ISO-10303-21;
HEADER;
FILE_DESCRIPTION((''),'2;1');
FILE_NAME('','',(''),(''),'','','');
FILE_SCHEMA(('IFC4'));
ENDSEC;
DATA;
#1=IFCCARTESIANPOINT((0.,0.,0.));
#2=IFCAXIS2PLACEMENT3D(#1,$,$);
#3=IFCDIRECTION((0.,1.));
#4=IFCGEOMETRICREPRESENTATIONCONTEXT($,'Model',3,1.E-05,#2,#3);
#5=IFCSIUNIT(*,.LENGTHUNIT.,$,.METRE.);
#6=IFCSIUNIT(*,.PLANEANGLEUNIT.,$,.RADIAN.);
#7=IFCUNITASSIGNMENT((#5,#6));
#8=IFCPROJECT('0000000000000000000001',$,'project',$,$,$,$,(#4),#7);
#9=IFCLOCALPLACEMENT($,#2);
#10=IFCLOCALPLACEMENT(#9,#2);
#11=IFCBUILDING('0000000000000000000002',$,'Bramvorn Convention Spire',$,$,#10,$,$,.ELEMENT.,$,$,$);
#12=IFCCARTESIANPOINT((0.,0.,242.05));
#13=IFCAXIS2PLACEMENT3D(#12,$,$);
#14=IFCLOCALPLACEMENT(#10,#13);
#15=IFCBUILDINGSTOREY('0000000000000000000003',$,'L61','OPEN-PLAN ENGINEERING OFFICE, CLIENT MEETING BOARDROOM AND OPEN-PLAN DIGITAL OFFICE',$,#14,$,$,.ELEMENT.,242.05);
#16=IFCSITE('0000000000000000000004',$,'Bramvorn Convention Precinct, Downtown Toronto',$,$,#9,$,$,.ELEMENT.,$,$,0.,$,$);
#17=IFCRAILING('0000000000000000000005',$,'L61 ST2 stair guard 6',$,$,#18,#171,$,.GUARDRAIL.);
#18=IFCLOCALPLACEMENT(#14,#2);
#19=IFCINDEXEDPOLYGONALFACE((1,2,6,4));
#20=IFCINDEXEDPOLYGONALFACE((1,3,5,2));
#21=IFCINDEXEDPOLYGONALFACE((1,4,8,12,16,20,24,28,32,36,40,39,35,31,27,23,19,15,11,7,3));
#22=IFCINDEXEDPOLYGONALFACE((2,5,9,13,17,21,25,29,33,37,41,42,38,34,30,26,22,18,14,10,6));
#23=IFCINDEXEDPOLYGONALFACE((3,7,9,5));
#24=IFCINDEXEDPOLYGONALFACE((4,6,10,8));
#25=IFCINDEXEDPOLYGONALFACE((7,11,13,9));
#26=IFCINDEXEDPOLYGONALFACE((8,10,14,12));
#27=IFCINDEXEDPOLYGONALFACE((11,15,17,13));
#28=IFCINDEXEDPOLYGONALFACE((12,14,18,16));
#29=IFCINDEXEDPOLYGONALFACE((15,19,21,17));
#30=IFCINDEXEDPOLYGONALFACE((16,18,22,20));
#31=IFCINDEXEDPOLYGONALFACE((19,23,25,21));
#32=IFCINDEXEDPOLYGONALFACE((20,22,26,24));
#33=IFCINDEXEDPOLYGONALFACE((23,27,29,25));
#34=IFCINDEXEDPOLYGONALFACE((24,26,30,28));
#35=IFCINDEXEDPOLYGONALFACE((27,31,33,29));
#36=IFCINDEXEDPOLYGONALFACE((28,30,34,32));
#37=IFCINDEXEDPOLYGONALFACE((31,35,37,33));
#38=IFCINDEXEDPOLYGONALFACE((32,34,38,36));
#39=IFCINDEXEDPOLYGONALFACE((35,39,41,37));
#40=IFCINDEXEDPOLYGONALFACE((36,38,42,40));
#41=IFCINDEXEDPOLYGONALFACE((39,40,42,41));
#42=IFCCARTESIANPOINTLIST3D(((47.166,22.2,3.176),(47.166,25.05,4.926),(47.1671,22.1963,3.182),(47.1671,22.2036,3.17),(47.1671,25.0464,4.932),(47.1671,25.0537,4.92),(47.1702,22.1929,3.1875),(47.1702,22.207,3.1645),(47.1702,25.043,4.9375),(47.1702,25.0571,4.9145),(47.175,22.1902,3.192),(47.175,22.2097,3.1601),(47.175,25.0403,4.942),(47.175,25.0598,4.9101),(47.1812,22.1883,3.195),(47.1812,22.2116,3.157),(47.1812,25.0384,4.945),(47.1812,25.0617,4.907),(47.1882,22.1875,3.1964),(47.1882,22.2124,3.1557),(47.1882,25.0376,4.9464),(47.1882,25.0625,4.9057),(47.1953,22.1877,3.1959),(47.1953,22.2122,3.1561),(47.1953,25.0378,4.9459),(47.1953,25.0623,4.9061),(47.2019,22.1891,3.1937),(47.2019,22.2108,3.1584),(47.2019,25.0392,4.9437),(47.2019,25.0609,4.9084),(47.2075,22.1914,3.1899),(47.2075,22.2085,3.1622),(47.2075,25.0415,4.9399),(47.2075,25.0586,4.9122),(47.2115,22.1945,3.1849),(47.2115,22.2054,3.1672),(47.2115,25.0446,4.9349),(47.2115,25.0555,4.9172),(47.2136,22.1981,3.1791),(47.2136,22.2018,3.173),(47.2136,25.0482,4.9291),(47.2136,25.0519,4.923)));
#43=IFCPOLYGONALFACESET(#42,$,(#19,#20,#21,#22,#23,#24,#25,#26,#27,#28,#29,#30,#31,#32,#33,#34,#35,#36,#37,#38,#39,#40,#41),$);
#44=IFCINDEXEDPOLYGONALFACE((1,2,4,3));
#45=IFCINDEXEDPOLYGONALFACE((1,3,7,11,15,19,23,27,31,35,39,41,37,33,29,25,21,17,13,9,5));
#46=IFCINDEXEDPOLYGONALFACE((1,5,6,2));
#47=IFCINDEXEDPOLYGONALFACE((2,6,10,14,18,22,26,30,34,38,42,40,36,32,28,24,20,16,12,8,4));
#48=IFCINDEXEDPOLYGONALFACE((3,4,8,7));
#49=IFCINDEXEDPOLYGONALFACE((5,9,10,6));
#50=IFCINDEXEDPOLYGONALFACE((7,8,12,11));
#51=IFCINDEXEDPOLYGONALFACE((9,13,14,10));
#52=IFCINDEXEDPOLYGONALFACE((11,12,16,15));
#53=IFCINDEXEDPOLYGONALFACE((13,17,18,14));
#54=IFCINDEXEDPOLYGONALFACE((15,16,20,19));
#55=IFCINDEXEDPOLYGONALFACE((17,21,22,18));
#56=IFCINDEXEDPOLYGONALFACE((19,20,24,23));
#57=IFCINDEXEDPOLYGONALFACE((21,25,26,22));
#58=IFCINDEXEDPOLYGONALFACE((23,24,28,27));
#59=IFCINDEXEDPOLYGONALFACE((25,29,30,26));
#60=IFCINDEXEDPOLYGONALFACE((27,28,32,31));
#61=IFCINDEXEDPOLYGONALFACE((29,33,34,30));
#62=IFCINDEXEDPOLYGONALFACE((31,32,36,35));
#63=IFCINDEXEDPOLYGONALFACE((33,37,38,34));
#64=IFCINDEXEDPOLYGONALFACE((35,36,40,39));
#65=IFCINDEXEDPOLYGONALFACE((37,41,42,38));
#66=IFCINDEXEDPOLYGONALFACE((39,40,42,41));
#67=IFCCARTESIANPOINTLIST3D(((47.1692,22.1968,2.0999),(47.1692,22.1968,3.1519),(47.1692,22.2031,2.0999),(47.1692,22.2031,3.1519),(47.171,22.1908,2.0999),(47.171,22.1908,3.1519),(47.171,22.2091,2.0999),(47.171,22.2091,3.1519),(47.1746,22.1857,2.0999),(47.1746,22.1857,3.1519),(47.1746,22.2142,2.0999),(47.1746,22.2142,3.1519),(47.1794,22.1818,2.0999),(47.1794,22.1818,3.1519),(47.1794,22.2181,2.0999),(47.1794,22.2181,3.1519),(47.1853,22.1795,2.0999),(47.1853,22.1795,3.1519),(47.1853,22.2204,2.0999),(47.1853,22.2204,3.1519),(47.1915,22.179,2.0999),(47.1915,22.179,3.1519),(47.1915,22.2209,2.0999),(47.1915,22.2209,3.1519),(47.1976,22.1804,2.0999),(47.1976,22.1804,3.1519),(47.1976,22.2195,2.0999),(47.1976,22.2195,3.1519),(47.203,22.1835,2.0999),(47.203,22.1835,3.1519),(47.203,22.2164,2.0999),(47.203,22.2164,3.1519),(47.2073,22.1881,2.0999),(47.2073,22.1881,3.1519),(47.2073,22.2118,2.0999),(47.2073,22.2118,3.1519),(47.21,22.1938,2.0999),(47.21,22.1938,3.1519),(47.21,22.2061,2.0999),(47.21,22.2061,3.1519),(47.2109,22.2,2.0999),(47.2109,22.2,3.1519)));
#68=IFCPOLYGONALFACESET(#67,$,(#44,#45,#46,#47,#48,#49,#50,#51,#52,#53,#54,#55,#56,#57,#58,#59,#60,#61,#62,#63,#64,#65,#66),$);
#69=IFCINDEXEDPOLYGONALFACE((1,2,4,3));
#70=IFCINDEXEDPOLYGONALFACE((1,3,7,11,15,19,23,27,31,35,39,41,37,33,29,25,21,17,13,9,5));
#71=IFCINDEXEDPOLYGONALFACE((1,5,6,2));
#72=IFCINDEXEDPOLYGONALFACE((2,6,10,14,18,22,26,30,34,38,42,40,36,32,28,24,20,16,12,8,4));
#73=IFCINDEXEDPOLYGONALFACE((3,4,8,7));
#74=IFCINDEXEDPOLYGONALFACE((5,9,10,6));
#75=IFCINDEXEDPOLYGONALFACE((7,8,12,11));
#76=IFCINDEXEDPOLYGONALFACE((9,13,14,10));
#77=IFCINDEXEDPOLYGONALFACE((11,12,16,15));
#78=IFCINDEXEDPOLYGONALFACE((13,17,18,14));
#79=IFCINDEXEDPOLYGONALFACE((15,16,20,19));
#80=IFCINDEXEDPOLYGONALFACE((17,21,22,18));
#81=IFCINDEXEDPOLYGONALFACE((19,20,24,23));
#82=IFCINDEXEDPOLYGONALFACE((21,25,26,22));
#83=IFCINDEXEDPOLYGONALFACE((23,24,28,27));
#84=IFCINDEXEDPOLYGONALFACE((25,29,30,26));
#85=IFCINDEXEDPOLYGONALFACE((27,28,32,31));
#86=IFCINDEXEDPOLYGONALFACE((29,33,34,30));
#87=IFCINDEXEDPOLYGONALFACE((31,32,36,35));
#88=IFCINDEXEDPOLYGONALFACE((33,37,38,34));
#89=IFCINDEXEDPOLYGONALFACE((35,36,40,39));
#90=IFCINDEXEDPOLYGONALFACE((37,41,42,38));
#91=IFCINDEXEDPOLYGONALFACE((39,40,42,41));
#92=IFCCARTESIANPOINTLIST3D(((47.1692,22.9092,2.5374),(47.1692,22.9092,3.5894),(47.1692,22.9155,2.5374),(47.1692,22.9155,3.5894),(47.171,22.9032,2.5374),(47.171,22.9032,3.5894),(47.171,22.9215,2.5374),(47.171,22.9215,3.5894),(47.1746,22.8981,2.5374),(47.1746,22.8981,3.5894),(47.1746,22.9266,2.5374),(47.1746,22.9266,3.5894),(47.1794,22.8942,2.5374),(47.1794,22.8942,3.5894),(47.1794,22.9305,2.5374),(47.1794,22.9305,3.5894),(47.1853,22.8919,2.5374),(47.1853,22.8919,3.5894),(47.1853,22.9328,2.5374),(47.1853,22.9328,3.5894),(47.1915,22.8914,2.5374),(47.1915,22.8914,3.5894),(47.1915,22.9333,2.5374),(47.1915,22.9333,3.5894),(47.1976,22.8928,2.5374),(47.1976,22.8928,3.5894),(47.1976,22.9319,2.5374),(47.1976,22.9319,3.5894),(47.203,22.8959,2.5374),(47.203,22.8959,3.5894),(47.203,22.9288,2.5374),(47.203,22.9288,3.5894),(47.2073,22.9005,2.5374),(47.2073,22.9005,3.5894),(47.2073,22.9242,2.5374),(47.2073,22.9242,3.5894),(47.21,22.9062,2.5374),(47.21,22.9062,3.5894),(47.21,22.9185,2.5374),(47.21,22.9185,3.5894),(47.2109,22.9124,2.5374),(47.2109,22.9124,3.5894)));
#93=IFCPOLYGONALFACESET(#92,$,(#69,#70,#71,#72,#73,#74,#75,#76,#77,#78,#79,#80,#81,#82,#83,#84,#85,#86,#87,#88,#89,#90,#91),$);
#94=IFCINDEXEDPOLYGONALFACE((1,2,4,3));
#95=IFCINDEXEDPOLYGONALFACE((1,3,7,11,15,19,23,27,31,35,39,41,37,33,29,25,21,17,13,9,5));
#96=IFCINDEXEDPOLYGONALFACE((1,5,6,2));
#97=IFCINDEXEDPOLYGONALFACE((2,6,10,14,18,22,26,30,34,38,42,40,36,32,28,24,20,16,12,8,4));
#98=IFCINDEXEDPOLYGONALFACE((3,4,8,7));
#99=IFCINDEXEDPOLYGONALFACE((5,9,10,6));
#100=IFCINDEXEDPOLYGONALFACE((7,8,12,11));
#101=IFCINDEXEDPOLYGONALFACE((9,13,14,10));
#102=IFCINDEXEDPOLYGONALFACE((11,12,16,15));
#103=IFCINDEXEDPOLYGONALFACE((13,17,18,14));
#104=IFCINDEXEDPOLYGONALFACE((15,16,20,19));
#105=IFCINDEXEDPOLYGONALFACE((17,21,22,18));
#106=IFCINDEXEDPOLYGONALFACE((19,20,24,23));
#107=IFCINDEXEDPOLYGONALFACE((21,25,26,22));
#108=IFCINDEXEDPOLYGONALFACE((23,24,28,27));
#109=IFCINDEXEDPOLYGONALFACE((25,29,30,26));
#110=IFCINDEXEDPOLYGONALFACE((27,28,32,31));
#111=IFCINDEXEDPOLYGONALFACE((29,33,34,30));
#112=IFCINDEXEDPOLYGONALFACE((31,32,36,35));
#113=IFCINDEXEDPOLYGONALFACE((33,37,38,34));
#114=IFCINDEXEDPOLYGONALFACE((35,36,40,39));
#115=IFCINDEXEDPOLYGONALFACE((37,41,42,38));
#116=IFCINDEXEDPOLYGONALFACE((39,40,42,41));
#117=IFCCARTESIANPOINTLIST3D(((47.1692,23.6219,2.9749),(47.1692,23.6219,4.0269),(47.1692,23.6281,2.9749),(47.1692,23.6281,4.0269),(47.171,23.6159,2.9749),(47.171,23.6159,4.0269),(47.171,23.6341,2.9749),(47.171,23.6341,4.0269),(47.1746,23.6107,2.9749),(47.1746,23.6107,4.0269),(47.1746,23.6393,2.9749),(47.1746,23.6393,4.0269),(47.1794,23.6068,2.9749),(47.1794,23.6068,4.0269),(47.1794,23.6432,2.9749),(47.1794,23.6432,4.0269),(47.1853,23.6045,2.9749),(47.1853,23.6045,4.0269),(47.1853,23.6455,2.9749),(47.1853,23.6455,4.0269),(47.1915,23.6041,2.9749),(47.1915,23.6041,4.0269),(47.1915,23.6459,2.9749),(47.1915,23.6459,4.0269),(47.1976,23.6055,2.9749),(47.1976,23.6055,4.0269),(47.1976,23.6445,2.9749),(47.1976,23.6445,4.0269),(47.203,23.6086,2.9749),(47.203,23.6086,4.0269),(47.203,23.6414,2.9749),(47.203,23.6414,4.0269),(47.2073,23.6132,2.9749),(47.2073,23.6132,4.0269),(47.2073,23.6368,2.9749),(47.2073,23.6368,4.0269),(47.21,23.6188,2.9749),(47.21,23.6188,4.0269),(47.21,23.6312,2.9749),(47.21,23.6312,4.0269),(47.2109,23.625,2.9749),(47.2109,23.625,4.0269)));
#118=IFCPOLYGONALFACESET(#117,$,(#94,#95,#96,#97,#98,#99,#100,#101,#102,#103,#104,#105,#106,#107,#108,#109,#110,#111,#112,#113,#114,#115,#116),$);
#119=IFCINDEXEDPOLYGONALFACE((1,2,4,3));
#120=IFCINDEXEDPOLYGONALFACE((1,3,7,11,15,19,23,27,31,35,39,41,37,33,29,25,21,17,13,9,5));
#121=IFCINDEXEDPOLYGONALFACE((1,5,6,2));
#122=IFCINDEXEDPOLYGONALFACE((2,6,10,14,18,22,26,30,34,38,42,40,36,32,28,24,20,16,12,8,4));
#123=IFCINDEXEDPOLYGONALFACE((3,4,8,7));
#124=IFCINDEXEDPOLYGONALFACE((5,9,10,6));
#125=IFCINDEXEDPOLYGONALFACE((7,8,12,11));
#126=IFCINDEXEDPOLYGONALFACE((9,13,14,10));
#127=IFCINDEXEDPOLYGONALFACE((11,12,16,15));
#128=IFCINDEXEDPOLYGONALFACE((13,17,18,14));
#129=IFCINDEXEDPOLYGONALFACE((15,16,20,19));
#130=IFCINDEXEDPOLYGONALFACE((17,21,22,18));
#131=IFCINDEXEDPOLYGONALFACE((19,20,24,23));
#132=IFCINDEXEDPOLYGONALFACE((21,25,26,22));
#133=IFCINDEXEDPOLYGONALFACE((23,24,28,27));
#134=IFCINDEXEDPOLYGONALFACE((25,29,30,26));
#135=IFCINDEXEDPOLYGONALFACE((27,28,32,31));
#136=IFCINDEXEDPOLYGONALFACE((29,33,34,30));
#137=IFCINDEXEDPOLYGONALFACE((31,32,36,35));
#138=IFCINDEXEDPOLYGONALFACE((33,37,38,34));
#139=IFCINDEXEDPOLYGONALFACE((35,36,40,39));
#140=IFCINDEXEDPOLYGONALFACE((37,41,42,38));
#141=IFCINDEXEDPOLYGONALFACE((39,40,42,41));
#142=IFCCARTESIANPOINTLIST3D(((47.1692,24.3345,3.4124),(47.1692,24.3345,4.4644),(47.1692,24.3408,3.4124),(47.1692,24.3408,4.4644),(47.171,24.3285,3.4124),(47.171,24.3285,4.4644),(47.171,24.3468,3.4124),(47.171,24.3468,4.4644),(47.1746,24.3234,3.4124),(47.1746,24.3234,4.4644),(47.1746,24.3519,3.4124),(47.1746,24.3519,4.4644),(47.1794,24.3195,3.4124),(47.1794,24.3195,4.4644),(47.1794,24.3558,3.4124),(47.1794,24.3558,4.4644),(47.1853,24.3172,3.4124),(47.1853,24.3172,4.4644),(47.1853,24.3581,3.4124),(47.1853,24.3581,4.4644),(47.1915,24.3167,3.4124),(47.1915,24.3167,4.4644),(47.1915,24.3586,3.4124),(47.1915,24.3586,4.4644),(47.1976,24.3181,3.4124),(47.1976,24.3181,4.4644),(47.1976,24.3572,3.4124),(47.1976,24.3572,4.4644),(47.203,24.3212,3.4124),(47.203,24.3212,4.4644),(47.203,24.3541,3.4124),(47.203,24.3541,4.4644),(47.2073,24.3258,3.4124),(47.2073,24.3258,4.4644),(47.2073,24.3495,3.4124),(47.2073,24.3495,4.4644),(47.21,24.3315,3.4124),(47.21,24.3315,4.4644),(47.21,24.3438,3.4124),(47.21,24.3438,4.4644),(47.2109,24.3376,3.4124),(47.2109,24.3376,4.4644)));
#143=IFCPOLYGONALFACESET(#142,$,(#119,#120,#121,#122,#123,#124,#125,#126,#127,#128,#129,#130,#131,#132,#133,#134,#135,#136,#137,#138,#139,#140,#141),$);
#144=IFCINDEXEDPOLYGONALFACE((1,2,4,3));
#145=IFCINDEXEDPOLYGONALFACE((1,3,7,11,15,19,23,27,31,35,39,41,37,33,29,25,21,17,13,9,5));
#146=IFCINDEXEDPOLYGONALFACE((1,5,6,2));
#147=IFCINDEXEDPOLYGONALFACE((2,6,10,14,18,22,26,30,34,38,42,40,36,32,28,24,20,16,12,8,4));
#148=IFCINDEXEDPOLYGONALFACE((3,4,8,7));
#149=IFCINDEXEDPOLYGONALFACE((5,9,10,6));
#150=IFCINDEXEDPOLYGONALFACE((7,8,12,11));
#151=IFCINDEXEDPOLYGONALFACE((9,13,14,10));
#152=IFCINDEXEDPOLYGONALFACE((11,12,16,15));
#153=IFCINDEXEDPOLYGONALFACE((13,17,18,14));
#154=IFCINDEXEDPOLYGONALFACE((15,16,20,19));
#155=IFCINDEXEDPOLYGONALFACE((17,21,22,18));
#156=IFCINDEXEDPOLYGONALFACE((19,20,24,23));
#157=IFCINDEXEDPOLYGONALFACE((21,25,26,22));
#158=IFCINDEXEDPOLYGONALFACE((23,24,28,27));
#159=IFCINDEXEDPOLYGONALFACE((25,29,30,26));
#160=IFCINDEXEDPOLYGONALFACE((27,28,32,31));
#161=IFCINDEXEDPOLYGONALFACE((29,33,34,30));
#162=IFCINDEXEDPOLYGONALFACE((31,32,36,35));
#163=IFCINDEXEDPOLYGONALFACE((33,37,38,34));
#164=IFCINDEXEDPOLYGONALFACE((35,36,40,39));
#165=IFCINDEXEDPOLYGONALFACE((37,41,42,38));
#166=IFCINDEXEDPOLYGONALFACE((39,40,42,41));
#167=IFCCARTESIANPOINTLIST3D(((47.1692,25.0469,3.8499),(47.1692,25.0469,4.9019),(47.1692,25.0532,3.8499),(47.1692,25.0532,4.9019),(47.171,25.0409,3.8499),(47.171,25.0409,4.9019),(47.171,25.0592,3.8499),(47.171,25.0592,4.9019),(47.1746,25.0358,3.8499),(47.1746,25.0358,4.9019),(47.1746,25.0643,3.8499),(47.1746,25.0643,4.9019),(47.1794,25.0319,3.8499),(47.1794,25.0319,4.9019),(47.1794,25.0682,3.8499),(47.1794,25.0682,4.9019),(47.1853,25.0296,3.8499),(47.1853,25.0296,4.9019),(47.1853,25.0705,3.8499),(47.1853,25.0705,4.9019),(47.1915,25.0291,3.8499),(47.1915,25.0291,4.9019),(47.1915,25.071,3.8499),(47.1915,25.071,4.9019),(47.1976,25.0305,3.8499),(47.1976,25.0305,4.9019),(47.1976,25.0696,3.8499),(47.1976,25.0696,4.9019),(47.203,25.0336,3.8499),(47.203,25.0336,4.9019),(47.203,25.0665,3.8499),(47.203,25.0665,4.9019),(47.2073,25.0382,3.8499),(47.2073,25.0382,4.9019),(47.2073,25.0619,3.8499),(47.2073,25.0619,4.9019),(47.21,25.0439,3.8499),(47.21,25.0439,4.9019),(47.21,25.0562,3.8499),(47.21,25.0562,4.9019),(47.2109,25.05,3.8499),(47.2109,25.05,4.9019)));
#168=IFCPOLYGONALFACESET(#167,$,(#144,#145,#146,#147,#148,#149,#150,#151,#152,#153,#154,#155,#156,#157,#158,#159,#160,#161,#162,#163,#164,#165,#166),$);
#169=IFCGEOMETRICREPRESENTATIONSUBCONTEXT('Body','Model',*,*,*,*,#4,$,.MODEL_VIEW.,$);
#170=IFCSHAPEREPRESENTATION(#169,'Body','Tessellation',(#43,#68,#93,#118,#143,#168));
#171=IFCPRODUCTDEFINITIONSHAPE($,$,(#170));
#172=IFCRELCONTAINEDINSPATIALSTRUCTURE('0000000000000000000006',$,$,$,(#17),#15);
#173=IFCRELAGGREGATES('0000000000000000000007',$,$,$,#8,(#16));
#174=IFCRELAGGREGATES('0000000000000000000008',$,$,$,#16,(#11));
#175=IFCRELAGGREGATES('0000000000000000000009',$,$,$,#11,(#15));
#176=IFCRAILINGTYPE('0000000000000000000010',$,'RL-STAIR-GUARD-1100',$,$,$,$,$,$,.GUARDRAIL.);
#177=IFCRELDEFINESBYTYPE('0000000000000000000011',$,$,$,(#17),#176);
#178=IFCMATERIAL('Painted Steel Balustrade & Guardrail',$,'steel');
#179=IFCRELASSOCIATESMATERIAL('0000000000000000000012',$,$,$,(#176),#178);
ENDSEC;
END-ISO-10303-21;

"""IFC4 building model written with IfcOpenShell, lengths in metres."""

from ifc_helpers import new_model, si_unit, direction, frame, origin, origin_2d, place, context, subcontext, project, spatial, circle, extrude, material, type_object, element, save


model = new_model("IFC4")

# Units and contexts
model_context = context("Model", 3, precision=1e-05, world=origin(), true_north=direction((0.0, 1.0)))
body_context = subcontext(model_context, "Body", "Model", "MODEL_VIEW")
ifc_project = project(units=[si_unit("LENGTHUNIT", "METRE"), si_unit("PLANEANGLEUNIT", "RADIAN")], contexts=[model_context])

# Site, building, storey
site_placement = place(None, origin())
site = spatial("IfcSite", under=ifc_project, at=site_placement, Name="Bramvorn Convention Precinct, Downtown Toronto", CompositionType="ELEMENT", RefElevation=0.0)
building_placement = place(site_placement, origin())
building = spatial("IfcBuilding", under=site, at=building_placement, Name="Bramvorn Convention Spire", CompositionType="ELEMENT")
storey_placement = place(building_placement, frame((0.0, 0.0, 242.05)))
storey = spatial("IfcBuildingStorey", under=building, at=storey_placement, Name="L61", Description="OPEN-PLAN ENGINEERING OFFICE, CLIENT MEETING BOARDROOM AND OPEN-PLAN DIGITAL OFFICE", CompositionType="ELEMENT", Elevation=242.05)

# Railing
ifc_material_1 = material(Name="Painted Steel Balustrade & Guardrail", Category="steel")
railing_type_1 = type_object("IfcRailingType", Name="RL-STAIR-GUARD-1100", PredefinedType="GUARDRAIL", material=ifc_material_1)
railing_1_placement = place(storey_placement, frame((47.1899, 22.2, 2.0999)))
element("IfcRailing", 1, at=railing_1_placement, inside=storey, type_object=railing_type_1, Name="L61 ST2 stair guard 6", PredefinedType="GUARDRAIL", context=body_context, shape_type="SweptSolid", body=[
    extrude(circle(Radius=0.0239, at=origin_2d()), frame((0.0, 0.0, 1.0762), z_axis=(0.0, 0.852179, 0.52325), x_axis=(-1.0, 0.0, 0.0)), (0.0, 0.0, 1.0), 3.3445),
    extrude(circle(Radius=0.021, at=origin_2d()), origin(), (0.0, 0.0, 1.0), 1.052),
    extrude(circle(Radius=0.021, at=origin_2d()), frame((0.0, 0.7124, 0.4375)), (0.0, 0.0, 1.0), 1.052),
    extrude(circle(Radius=0.021, at=origin_2d()), frame((0.0, 1.425, 0.875)), (0.0, 0.0, 1.0), 1.052),
    extrude(circle(Radius=0.021, at=origin_2d()), frame((0.0, 2.1377, 1.3125)), (0.0, 0.0, 1.0), 1.052),
    extrude(circle(Radius=0.021, at=origin_2d()), frame((0.0, 2.8501, 1.75)), (0.0, 0.0, 1.0), 1.052),
])

save(model, "model.ifc")
